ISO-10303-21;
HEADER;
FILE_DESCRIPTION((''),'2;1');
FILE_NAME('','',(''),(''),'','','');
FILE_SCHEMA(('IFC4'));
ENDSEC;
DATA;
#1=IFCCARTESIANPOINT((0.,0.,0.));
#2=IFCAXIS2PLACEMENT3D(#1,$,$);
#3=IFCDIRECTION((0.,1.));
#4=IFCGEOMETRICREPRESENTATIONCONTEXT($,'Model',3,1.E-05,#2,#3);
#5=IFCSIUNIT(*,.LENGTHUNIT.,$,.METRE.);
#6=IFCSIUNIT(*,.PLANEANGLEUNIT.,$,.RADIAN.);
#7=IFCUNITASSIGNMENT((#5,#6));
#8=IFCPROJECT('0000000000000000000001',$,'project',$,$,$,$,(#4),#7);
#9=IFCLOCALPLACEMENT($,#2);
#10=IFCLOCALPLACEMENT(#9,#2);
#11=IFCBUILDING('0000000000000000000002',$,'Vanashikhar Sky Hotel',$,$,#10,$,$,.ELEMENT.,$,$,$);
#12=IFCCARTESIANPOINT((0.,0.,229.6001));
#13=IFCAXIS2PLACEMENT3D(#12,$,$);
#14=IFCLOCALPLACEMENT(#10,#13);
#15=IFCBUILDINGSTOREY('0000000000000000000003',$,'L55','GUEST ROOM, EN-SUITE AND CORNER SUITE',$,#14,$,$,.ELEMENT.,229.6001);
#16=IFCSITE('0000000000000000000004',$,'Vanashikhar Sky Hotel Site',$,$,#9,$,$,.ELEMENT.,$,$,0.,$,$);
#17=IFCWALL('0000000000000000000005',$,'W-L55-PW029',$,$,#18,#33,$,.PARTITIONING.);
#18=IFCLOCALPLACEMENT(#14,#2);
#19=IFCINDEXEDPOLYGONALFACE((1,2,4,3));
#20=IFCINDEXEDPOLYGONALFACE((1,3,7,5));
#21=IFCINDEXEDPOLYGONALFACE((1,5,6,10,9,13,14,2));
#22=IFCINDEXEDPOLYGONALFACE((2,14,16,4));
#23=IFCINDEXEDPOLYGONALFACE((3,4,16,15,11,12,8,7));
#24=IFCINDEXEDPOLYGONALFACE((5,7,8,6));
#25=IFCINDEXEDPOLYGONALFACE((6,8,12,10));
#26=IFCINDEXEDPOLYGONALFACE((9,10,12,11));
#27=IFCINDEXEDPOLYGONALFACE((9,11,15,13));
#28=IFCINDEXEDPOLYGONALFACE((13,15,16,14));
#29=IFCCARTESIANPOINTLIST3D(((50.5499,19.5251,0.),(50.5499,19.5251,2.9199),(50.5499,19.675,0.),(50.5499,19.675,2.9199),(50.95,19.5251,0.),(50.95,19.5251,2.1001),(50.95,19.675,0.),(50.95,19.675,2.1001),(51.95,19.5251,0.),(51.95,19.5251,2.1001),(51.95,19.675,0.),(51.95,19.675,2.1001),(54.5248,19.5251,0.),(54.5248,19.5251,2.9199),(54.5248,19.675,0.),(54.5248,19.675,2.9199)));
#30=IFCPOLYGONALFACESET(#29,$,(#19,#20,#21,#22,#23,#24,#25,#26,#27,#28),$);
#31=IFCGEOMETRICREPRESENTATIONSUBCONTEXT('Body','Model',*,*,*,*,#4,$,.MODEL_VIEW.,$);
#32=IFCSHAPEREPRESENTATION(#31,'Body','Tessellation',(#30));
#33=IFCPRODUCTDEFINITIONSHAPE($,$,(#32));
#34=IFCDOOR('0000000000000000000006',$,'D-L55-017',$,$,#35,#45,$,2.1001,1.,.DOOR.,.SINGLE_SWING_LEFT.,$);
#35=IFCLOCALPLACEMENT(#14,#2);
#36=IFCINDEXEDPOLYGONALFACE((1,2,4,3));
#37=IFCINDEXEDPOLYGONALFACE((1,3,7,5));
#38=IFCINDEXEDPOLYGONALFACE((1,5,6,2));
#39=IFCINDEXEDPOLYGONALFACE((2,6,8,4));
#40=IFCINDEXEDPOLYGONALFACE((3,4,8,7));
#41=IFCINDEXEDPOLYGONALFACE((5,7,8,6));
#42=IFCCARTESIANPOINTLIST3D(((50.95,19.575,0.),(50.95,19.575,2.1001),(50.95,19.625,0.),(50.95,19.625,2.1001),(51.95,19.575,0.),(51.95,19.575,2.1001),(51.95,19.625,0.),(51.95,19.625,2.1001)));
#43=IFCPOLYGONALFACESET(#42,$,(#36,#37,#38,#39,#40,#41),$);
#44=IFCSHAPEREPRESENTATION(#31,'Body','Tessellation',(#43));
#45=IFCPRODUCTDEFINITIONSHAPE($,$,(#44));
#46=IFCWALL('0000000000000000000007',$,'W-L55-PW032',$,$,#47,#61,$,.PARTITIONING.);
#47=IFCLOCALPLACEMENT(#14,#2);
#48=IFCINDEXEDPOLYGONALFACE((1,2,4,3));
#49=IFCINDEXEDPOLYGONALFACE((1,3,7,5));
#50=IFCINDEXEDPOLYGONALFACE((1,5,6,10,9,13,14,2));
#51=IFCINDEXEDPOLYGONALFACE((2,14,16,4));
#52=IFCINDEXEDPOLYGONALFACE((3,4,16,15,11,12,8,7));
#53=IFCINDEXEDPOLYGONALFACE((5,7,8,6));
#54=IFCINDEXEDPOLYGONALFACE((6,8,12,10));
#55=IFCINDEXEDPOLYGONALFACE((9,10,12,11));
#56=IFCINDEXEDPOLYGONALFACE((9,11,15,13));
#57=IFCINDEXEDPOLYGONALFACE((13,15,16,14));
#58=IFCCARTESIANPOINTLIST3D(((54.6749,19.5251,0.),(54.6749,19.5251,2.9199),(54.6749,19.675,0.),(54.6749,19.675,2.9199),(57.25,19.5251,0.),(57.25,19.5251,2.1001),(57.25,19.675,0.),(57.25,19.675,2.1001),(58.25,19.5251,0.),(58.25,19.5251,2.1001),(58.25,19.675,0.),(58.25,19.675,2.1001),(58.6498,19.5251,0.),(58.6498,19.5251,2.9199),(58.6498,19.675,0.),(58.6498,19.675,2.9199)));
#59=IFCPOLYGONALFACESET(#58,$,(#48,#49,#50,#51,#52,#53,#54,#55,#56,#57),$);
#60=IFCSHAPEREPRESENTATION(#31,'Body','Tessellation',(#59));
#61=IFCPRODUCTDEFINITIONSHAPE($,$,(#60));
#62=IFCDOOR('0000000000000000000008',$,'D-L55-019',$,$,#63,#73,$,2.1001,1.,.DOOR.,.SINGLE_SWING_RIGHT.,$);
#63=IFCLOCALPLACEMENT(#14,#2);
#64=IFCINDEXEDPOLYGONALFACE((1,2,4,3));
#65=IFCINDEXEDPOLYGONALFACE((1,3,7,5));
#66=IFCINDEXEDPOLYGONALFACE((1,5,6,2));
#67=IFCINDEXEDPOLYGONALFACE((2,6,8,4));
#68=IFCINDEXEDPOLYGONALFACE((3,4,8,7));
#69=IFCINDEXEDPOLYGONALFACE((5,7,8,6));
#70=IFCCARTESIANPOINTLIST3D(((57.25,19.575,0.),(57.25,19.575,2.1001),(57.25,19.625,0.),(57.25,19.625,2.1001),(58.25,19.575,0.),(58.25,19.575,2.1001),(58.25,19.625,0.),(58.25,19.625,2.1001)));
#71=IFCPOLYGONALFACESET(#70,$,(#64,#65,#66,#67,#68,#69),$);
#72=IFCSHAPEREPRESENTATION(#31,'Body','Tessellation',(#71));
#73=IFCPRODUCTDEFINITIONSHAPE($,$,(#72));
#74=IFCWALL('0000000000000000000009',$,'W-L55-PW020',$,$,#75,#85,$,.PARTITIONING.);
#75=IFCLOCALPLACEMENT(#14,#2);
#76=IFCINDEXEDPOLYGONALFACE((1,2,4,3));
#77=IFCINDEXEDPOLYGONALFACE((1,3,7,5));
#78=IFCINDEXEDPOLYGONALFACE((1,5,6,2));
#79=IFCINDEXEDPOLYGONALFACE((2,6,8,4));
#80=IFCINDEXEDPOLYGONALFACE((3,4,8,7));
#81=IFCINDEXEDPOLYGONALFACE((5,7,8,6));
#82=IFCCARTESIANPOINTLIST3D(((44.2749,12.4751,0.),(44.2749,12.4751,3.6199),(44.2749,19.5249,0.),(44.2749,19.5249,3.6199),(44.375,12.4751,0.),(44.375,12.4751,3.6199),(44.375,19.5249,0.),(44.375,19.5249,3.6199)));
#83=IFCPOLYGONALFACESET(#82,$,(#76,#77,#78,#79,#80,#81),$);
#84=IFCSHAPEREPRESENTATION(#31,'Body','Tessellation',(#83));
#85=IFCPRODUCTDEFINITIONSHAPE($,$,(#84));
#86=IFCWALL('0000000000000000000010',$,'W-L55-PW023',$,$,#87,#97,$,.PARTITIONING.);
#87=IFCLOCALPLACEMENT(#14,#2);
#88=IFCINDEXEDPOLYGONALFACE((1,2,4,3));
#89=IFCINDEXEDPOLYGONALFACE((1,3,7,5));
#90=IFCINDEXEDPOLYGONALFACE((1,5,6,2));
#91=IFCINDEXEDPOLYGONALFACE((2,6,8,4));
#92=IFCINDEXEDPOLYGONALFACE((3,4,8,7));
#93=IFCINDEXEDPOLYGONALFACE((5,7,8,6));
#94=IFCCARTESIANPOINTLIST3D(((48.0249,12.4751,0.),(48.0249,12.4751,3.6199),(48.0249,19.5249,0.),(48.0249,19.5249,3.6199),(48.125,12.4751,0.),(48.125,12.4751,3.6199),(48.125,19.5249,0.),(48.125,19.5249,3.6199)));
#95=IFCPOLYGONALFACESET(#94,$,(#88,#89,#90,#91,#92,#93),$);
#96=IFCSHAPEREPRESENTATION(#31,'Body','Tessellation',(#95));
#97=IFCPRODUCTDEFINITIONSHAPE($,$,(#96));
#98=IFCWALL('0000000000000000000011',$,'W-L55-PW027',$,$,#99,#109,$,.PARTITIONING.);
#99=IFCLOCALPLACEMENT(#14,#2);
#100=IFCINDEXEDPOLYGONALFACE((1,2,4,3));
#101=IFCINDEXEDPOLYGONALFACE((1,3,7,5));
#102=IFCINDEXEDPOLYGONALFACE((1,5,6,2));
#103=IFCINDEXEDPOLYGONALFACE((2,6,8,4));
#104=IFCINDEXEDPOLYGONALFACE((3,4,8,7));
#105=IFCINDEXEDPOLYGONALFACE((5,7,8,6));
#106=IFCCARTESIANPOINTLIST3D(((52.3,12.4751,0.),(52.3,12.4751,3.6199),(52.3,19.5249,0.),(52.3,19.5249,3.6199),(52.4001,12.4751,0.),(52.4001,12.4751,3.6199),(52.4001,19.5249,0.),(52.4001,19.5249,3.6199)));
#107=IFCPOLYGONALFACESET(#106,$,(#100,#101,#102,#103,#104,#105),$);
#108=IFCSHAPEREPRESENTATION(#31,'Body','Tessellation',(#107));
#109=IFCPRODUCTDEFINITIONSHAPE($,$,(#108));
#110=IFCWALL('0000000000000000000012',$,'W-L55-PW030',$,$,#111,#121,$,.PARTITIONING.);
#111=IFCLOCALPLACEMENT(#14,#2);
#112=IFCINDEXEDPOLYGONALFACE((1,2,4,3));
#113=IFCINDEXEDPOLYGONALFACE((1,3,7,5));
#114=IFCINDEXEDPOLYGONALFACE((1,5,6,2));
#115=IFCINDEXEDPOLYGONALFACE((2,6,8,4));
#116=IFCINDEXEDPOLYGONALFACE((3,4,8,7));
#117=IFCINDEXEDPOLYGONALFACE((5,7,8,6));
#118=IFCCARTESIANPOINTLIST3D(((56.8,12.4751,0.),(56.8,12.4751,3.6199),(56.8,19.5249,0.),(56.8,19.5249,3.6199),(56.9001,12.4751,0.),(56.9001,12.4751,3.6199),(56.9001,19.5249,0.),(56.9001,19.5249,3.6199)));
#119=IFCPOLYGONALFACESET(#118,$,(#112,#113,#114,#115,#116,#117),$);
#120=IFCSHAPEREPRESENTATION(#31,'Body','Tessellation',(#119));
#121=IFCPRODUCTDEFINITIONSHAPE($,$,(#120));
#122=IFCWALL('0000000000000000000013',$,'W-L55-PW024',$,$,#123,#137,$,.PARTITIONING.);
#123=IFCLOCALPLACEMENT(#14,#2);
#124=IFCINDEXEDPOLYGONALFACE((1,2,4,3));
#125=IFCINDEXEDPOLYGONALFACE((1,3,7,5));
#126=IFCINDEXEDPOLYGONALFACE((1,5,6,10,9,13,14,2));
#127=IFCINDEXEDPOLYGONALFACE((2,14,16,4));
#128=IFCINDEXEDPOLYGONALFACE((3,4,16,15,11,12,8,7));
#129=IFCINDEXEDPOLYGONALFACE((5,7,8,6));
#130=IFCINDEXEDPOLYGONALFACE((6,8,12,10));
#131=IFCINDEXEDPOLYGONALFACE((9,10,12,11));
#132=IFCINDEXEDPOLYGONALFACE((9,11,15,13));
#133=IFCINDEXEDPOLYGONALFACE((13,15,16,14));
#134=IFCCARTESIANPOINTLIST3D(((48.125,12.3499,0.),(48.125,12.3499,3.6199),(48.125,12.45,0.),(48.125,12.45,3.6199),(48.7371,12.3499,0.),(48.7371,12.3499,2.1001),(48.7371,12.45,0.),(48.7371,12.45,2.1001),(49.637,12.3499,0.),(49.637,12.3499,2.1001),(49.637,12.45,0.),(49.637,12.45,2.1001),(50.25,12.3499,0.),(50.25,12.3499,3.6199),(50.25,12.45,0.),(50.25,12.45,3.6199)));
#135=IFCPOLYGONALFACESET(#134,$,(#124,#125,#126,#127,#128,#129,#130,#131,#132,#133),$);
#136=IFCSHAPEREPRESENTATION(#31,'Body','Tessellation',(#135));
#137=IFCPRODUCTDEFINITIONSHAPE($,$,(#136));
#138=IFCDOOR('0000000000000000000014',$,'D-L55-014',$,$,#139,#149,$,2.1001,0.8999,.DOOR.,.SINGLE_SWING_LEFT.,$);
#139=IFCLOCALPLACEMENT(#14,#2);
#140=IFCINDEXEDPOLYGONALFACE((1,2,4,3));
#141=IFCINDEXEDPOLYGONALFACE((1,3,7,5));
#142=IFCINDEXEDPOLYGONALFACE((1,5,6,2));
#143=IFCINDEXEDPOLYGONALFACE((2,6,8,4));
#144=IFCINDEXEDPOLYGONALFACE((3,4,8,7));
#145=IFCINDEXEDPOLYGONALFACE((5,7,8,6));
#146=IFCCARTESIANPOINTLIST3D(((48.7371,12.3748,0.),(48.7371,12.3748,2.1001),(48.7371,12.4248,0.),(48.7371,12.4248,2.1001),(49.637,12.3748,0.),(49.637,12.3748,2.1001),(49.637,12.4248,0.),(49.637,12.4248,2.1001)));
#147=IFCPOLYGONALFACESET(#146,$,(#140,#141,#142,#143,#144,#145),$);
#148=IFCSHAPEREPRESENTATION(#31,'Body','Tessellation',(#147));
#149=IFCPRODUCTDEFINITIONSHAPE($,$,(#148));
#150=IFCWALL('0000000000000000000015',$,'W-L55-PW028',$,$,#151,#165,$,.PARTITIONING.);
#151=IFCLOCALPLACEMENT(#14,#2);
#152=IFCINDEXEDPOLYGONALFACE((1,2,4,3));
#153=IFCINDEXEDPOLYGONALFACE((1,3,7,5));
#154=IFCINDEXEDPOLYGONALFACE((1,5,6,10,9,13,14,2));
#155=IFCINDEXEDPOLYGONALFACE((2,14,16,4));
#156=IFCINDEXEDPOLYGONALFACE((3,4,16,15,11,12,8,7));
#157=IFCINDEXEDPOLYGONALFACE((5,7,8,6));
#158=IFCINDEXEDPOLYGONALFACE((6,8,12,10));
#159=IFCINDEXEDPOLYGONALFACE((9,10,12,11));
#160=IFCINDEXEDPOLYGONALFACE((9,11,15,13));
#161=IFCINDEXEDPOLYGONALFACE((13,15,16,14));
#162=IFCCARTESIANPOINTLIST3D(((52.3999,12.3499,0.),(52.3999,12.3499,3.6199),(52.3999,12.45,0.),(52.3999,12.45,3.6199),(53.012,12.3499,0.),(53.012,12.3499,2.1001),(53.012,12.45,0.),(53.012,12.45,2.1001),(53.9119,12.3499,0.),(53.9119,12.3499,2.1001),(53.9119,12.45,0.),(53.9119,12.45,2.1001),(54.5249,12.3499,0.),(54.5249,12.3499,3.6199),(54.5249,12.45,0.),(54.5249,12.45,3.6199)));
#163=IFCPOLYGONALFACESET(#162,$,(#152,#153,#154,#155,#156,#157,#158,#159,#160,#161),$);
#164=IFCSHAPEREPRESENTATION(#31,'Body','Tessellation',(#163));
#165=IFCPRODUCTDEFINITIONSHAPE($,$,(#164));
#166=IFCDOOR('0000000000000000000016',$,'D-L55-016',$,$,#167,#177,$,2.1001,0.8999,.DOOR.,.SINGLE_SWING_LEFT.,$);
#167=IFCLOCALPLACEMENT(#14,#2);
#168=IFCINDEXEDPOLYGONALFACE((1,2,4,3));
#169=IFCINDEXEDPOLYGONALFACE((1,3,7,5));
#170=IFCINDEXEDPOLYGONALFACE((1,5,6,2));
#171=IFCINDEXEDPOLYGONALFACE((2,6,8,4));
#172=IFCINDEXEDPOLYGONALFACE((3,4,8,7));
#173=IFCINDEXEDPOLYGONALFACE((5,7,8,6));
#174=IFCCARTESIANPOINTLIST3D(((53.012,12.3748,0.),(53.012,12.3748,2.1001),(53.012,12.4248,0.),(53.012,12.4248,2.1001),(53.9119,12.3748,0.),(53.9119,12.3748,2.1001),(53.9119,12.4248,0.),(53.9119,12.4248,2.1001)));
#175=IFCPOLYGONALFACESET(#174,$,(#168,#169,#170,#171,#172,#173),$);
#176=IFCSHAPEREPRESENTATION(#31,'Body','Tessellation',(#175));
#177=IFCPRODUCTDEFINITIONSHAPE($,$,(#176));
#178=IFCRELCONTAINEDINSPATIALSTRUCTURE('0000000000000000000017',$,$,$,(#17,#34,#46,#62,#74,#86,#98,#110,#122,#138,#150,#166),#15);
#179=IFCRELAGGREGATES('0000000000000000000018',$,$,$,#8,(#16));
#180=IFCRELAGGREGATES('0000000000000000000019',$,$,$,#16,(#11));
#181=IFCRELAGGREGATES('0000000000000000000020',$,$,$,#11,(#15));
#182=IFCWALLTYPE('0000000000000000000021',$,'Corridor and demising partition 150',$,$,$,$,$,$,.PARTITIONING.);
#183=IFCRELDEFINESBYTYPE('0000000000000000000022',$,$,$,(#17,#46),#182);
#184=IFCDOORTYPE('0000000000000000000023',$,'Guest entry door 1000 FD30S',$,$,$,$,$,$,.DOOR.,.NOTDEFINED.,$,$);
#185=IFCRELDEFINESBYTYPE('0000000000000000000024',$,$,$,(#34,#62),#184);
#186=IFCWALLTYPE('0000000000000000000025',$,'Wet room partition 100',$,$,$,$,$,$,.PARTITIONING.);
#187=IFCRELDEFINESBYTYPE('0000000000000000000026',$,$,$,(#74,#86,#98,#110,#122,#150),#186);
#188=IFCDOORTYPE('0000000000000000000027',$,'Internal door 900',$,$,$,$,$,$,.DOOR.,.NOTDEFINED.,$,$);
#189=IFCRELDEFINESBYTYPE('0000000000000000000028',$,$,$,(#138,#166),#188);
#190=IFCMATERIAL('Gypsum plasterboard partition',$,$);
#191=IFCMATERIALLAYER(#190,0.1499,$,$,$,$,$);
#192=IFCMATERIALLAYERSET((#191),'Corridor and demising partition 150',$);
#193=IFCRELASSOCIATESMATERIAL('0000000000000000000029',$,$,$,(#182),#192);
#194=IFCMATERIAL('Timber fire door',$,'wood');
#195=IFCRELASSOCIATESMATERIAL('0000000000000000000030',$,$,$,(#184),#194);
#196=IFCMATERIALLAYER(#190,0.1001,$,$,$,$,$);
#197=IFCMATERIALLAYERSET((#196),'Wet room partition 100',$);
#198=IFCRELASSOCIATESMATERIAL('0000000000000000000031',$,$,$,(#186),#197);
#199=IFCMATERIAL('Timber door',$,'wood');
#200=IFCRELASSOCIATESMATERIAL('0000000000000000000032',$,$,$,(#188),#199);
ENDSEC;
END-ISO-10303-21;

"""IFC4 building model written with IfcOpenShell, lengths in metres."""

from ifc_helpers import new_model, si_unit, direction, frame, frame_2d, origin, place, context, subcontext, project, spatial, rectangle, extrude, source, transform, mapped, material, layer, layer_set, type_object, element, fill, save


model = new_model("IFC4")

# Units and contexts
model_context = context("Model", 3, precision=1e-05, world=origin(), true_north=direction((0.0, 1.0)))
body_context = subcontext(model_context, "Body", "Model", "MODEL_VIEW")
ifc_project = project(units=[si_unit("LENGTHUNIT", "METRE"), si_unit("PLANEANGLEUNIT", "RADIAN")], contexts=[model_context])

# Site, building, storey
site_placement = place(None, origin())
site = spatial("IfcSite", under=ifc_project, at=site_placement, Name="Vanashikhar Sky Hotel Site", CompositionType="ELEMENT", RefElevation=0.0)
building_placement = place(site_placement, origin())
building = spatial("IfcBuilding", under=site, at=building_placement, Name="Vanashikhar Sky Hotel", CompositionType="ELEMENT")
storey_placement = place(building_placement, frame((0.0, 0.0, 229.6001)))
storey = spatial("IfcBuildingStorey", under=building, at=storey_placement, Name="L55", Description="GUEST ROOM, EN-SUITE AND CORNER SUITE", CompositionType="ELEMENT", Elevation=229.6001)

# Walls, openings, doors
ifc_material_1 = material(Name="Gypsum plasterboard partition")
ifc_layer_1 = layer(ifc_material_1, 0.1499)
ifc_layer_set_1 = layer_set([ifc_layer_1], Name="Corridor and demising partition 150")
wall_type_1 = type_object("IfcWallType", Name="Corridor and demising partition 150", PredefinedType="PARTITIONING", material=ifc_layer_set_1)
shared_shape_1 = source(origin(), body_context, "Body", "SweptSolid", [
    extrude(rectangle(XDim=1.0, YDim=2.1001, at=frame_2d((0.5, 1.05))), frame((0.0, 0.085, 0.0), z_axis=(0.0, -1.0, 0.0), x_axis=(1.0, 0.0, 0.0)), (0.0, 0.0, 1.0), 0.1699),
])
ifc_material_2 = material(Name="Timber fire door", Category="wood")
door_type_1 = type_object("IfcDoorType", Name="Guest entry door 1000 FD30S", OperationType="NOTDEFINED", PredefinedType="DOOR", material=ifc_material_2)
shared_shape_2 = source(origin(), body_context, "Body", "SweptSolid", [
    extrude(rectangle(XDim=1.0, YDim=2.1001, at=frame_2d((0.5, 1.05))), frame((0.0, 0.0249, 0.0), z_axis=(0.0, -1.0, 0.0), x_axis=(1.0, 0.0, 0.0)), (0.0, 0.0, 1.0), 0.05),
])
shared_shape_3 = source(origin(), body_context, "Body", "SweptSolid", [
    extrude(rectangle(XDim=3.9749, YDim=0.1499, at=frame_2d((1.9873, 0.0))), origin(), (0.0, 0.0, 1.0), 2.9199),
])
wall_1_placement = place(storey_placement, frame((50.55, 19.6001, 0.0), z_axis=(0.0, 0.0, 1.0), x_axis=(1.0, 0.0, 0.0)))
wall_1 = element("IfcWall", 1, at=wall_1_placement, inside=storey, type_object=wall_type_1, Name="W-L55-PW029", PredefinedType="PARTITIONING", context=body_context, shape_type="MappedRepresentation", body=[
    mapped(shared_shape_3, transform((0.0, 0.0, 0.0), scale=1.0)),
])
opening_1_placement = place(wall_1_placement, frame((0.3999, 0.0, 0.0)))
opening_1 = element("IfcOpeningElement", 2, at=opening_1_placement, cuts=wall_1, PredefinedType="OPENING", context=body_context, shape_type="MappedRepresentation", body=[
    mapped(shared_shape_1, transform((0.0, 0.0, 0.0), scale=1.0)),
])
door_1_placement = place(opening_1_placement, origin())
door_1 = element("IfcDoor", 3, at=door_1_placement, inside=storey, type_object=door_type_1, Name="D-L55-017", OperationType="SINGLE_SWING_LEFT", OverallHeight=2.1001, OverallWidth=1.0, PredefinedType="DOOR", context=body_context, shape_type="MappedRepresentation", body=[
    mapped(shared_shape_2, transform((0.0, 0.0, 0.0), scale=1.0)),
])
fill(opening_1, door_1)
wall_2_placement = place(storey_placement, frame((54.675, 19.6001, 0.0), z_axis=(0.0, 0.0, 1.0), x_axis=(1.0, 0.0, 0.0)))
wall_2 = element("IfcWall", 4, at=wall_2_placement, inside=storey, type_object=wall_type_1, Name="W-L55-PW032", PredefinedType="PARTITIONING", context=body_context, shape_type="MappedRepresentation", body=[
    mapped(shared_shape_3, transform((0.0, 0.0, 0.0), scale=1.0)),
])
opening_2_placement = place(wall_2_placement, frame((2.575, 0.0, 0.0)))
opening_2 = element("IfcOpeningElement", 5, at=opening_2_placement, cuts=wall_2, PredefinedType="OPENING", context=body_context, shape_type="MappedRepresentation", body=[
    mapped(shared_shape_1, transform((0.0, 0.0, 0.0), scale=1.0)),
])
door_2_placement = place(opening_2_placement, origin())
door_2 = element("IfcDoor", 6, at=door_2_placement, inside=storey, type_object=door_type_1, Name="D-L55-019", OperationType="SINGLE_SWING_RIGHT", OverallHeight=2.1001, OverallWidth=1.0, PredefinedType="DOOR", context=body_context, shape_type="MappedRepresentation", body=[
    mapped(shared_shape_2, transform((0.0, 0.0, 0.0), scale=1.0)),
])
fill(opening_2, door_2)

# Walls
ifc_layer_2 = layer(ifc_material_1, 0.1001)
ifc_layer_set_2 = layer_set([ifc_layer_2], Name="Wet room partition 100")
wall_type_2 = type_object("IfcWallType", Name="Wet room partition 100", PredefinedType="PARTITIONING", material=ifc_layer_set_2)
shared_shape_4 = source(origin(), body_context, "Body", "SweptSolid", [
    extrude(rectangle(XDim=7.0498, YDim=0.1001, at=frame_2d((3.5249, 0.0))), origin(), (0.0, 0.0, 1.0), 3.6199),
])
for number, where, z_axis, x_axis, name in (
    (7, (44.325, 12.4751, 0.0), (0.0, 0.0, 1.0), (0.0, 1.0, 0.0), "W-L55-PW020"),
    (8, (48.075, 12.4751, 0.0), (0.0, 0.0, 1.0), (0.0, 1.0, 0.0), "W-L55-PW023"),
    (9, (52.3501, 12.4751, 0.0), (0.0, 0.0, 1.0), (0.0, 1.0, 0.0), "W-L55-PW027"),
    (10, (56.8501, 12.4751, 0.0), (0.0, 0.0, 1.0), (0.0, 1.0, 0.0), "W-L55-PW030"),
):
    element("IfcWall", number, at=place(storey_placement, frame(where, z_axis=z_axis, x_axis=x_axis)), inside=storey, type_object=wall_type_2, Name=name, PredefinedType="PARTITIONING", context=body_context, shape_type="MappedRepresentation", body=[
        mapped(shared_shape_4, transform((0.0, 0.0, 0.0), scale=1.0)),
    ])

# Walls, openings, doors
shared_shape_5 = source(origin(), body_context, "Body", "SweptSolid", [
    extrude(rectangle(XDim=2.125, YDim=0.1001, at=frame_2d((1.0625, 0.0))), origin(), (0.0, 0.0, 1.0), 3.6199),
])
wall_3_placement = place(storey_placement, frame((48.125, 12.3999, 0.0), z_axis=(0.0, 0.0, 1.0), x_axis=(1.0, 0.0, 0.0)))
wall_3 = element("IfcWall", 11, at=wall_3_placement, inside=storey, type_object=wall_type_2, Name="W-L55-PW024", PredefinedType="PARTITIONING", context=body_context, shape_type="MappedRepresentation", body=[
    mapped(shared_shape_5, transform((0.0, 0.0, 0.0), scale=1.0)),
])
shared_shape_6 = source(origin(), body_context, "Body", "SweptSolid", [
    extrude(rectangle(XDim=0.8999, YDim=2.1001, at=frame_2d((0.45, 1.05))), frame((0.0, 0.0601, 0.0), z_axis=(0.0, -1.0, 0.0), x_axis=(1.0, 0.0, 0.0)), (0.0, 0.0, 1.0), 0.1201),
])
opening_3_placement = place(wall_3_placement, frame((0.6121, 0.0, 0.0)))
opening_3 = element("IfcOpeningElement", 12, at=opening_3_placement, cuts=wall_3, PredefinedType="OPENING", context=body_context, shape_type="MappedRepresentation", body=[
    mapped(shared_shape_6, transform((0.0, 0.0, 0.0), scale=1.0)),
])
ifc_material_3 = material(Name="Timber door", Category="wood")
door_type_2 = type_object("IfcDoorType", Name="Internal door 900", OperationType="NOTDEFINED", PredefinedType="DOOR", material=ifc_material_3)
shared_shape_7 = source(origin(), body_context, "Body", "SweptSolid", [
    extrude(rectangle(XDim=0.8999, YDim=2.1001, at=frame_2d((0.45, 1.05))), frame((0.0, 0.0249, 0.0), z_axis=(0.0, -1.0, 0.0), x_axis=(1.0, 0.0, 0.0)), (0.0, 0.0, 1.0), 0.05),
])
door_3_placement = place(opening_3_placement, origin())
door_3 = element("IfcDoor", 13, at=door_3_placement, inside=storey, type_object=door_type_2, Name="D-L55-014", OperationType="SINGLE_SWING_LEFT", OverallHeight=2.1001, OverallWidth=0.8999, PredefinedType="DOOR", context=body_context, shape_type="MappedRepresentation", body=[
    mapped(shared_shape_7, transform((0.0, 0.0, 0.0), scale=1.0)),
])
fill(opening_3, door_3)
wall_4_placement = place(storey_placement, frame((52.3999, 12.3999, 0.0), z_axis=(0.0, 0.0, 1.0), x_axis=(1.0, 0.0, 0.0)))
wall_4 = element("IfcWall", 14, at=wall_4_placement, inside=storey, type_object=wall_type_2, Name="W-L55-PW028", PredefinedType="PARTITIONING", context=body_context, shape_type="MappedRepresentation", body=[
    mapped(shared_shape_5, transform((0.0, 0.0, 0.0), scale=1.0)),
])
opening_4_placement = place(wall_4_placement, frame((0.6121, 0.0, 0.0)))
opening_4 = element("IfcOpeningElement", 15, at=opening_4_placement, cuts=wall_4, PredefinedType="OPENING", context=body_context, shape_type="MappedRepresentation", body=[
    mapped(shared_shape_6, transform((0.0, 0.0, 0.0), scale=1.0)),
])
door_4_placement = place(opening_4_placement, origin())
door_4 = element("IfcDoor", 16, at=door_4_placement, inside=storey, type_object=door_type_2, Name="D-L55-016", OperationType="SINGLE_SWING_LEFT", OverallHeight=2.1001, OverallWidth=0.8999, PredefinedType="DOOR", context=body_context, shape_type="MappedRepresentation", body=[
    mapped(shared_shape_7, transform((0.0, 0.0, 0.0), scale=1.0)),
])
fill(opening_4, door_4)

save(model, "model.ifc")
